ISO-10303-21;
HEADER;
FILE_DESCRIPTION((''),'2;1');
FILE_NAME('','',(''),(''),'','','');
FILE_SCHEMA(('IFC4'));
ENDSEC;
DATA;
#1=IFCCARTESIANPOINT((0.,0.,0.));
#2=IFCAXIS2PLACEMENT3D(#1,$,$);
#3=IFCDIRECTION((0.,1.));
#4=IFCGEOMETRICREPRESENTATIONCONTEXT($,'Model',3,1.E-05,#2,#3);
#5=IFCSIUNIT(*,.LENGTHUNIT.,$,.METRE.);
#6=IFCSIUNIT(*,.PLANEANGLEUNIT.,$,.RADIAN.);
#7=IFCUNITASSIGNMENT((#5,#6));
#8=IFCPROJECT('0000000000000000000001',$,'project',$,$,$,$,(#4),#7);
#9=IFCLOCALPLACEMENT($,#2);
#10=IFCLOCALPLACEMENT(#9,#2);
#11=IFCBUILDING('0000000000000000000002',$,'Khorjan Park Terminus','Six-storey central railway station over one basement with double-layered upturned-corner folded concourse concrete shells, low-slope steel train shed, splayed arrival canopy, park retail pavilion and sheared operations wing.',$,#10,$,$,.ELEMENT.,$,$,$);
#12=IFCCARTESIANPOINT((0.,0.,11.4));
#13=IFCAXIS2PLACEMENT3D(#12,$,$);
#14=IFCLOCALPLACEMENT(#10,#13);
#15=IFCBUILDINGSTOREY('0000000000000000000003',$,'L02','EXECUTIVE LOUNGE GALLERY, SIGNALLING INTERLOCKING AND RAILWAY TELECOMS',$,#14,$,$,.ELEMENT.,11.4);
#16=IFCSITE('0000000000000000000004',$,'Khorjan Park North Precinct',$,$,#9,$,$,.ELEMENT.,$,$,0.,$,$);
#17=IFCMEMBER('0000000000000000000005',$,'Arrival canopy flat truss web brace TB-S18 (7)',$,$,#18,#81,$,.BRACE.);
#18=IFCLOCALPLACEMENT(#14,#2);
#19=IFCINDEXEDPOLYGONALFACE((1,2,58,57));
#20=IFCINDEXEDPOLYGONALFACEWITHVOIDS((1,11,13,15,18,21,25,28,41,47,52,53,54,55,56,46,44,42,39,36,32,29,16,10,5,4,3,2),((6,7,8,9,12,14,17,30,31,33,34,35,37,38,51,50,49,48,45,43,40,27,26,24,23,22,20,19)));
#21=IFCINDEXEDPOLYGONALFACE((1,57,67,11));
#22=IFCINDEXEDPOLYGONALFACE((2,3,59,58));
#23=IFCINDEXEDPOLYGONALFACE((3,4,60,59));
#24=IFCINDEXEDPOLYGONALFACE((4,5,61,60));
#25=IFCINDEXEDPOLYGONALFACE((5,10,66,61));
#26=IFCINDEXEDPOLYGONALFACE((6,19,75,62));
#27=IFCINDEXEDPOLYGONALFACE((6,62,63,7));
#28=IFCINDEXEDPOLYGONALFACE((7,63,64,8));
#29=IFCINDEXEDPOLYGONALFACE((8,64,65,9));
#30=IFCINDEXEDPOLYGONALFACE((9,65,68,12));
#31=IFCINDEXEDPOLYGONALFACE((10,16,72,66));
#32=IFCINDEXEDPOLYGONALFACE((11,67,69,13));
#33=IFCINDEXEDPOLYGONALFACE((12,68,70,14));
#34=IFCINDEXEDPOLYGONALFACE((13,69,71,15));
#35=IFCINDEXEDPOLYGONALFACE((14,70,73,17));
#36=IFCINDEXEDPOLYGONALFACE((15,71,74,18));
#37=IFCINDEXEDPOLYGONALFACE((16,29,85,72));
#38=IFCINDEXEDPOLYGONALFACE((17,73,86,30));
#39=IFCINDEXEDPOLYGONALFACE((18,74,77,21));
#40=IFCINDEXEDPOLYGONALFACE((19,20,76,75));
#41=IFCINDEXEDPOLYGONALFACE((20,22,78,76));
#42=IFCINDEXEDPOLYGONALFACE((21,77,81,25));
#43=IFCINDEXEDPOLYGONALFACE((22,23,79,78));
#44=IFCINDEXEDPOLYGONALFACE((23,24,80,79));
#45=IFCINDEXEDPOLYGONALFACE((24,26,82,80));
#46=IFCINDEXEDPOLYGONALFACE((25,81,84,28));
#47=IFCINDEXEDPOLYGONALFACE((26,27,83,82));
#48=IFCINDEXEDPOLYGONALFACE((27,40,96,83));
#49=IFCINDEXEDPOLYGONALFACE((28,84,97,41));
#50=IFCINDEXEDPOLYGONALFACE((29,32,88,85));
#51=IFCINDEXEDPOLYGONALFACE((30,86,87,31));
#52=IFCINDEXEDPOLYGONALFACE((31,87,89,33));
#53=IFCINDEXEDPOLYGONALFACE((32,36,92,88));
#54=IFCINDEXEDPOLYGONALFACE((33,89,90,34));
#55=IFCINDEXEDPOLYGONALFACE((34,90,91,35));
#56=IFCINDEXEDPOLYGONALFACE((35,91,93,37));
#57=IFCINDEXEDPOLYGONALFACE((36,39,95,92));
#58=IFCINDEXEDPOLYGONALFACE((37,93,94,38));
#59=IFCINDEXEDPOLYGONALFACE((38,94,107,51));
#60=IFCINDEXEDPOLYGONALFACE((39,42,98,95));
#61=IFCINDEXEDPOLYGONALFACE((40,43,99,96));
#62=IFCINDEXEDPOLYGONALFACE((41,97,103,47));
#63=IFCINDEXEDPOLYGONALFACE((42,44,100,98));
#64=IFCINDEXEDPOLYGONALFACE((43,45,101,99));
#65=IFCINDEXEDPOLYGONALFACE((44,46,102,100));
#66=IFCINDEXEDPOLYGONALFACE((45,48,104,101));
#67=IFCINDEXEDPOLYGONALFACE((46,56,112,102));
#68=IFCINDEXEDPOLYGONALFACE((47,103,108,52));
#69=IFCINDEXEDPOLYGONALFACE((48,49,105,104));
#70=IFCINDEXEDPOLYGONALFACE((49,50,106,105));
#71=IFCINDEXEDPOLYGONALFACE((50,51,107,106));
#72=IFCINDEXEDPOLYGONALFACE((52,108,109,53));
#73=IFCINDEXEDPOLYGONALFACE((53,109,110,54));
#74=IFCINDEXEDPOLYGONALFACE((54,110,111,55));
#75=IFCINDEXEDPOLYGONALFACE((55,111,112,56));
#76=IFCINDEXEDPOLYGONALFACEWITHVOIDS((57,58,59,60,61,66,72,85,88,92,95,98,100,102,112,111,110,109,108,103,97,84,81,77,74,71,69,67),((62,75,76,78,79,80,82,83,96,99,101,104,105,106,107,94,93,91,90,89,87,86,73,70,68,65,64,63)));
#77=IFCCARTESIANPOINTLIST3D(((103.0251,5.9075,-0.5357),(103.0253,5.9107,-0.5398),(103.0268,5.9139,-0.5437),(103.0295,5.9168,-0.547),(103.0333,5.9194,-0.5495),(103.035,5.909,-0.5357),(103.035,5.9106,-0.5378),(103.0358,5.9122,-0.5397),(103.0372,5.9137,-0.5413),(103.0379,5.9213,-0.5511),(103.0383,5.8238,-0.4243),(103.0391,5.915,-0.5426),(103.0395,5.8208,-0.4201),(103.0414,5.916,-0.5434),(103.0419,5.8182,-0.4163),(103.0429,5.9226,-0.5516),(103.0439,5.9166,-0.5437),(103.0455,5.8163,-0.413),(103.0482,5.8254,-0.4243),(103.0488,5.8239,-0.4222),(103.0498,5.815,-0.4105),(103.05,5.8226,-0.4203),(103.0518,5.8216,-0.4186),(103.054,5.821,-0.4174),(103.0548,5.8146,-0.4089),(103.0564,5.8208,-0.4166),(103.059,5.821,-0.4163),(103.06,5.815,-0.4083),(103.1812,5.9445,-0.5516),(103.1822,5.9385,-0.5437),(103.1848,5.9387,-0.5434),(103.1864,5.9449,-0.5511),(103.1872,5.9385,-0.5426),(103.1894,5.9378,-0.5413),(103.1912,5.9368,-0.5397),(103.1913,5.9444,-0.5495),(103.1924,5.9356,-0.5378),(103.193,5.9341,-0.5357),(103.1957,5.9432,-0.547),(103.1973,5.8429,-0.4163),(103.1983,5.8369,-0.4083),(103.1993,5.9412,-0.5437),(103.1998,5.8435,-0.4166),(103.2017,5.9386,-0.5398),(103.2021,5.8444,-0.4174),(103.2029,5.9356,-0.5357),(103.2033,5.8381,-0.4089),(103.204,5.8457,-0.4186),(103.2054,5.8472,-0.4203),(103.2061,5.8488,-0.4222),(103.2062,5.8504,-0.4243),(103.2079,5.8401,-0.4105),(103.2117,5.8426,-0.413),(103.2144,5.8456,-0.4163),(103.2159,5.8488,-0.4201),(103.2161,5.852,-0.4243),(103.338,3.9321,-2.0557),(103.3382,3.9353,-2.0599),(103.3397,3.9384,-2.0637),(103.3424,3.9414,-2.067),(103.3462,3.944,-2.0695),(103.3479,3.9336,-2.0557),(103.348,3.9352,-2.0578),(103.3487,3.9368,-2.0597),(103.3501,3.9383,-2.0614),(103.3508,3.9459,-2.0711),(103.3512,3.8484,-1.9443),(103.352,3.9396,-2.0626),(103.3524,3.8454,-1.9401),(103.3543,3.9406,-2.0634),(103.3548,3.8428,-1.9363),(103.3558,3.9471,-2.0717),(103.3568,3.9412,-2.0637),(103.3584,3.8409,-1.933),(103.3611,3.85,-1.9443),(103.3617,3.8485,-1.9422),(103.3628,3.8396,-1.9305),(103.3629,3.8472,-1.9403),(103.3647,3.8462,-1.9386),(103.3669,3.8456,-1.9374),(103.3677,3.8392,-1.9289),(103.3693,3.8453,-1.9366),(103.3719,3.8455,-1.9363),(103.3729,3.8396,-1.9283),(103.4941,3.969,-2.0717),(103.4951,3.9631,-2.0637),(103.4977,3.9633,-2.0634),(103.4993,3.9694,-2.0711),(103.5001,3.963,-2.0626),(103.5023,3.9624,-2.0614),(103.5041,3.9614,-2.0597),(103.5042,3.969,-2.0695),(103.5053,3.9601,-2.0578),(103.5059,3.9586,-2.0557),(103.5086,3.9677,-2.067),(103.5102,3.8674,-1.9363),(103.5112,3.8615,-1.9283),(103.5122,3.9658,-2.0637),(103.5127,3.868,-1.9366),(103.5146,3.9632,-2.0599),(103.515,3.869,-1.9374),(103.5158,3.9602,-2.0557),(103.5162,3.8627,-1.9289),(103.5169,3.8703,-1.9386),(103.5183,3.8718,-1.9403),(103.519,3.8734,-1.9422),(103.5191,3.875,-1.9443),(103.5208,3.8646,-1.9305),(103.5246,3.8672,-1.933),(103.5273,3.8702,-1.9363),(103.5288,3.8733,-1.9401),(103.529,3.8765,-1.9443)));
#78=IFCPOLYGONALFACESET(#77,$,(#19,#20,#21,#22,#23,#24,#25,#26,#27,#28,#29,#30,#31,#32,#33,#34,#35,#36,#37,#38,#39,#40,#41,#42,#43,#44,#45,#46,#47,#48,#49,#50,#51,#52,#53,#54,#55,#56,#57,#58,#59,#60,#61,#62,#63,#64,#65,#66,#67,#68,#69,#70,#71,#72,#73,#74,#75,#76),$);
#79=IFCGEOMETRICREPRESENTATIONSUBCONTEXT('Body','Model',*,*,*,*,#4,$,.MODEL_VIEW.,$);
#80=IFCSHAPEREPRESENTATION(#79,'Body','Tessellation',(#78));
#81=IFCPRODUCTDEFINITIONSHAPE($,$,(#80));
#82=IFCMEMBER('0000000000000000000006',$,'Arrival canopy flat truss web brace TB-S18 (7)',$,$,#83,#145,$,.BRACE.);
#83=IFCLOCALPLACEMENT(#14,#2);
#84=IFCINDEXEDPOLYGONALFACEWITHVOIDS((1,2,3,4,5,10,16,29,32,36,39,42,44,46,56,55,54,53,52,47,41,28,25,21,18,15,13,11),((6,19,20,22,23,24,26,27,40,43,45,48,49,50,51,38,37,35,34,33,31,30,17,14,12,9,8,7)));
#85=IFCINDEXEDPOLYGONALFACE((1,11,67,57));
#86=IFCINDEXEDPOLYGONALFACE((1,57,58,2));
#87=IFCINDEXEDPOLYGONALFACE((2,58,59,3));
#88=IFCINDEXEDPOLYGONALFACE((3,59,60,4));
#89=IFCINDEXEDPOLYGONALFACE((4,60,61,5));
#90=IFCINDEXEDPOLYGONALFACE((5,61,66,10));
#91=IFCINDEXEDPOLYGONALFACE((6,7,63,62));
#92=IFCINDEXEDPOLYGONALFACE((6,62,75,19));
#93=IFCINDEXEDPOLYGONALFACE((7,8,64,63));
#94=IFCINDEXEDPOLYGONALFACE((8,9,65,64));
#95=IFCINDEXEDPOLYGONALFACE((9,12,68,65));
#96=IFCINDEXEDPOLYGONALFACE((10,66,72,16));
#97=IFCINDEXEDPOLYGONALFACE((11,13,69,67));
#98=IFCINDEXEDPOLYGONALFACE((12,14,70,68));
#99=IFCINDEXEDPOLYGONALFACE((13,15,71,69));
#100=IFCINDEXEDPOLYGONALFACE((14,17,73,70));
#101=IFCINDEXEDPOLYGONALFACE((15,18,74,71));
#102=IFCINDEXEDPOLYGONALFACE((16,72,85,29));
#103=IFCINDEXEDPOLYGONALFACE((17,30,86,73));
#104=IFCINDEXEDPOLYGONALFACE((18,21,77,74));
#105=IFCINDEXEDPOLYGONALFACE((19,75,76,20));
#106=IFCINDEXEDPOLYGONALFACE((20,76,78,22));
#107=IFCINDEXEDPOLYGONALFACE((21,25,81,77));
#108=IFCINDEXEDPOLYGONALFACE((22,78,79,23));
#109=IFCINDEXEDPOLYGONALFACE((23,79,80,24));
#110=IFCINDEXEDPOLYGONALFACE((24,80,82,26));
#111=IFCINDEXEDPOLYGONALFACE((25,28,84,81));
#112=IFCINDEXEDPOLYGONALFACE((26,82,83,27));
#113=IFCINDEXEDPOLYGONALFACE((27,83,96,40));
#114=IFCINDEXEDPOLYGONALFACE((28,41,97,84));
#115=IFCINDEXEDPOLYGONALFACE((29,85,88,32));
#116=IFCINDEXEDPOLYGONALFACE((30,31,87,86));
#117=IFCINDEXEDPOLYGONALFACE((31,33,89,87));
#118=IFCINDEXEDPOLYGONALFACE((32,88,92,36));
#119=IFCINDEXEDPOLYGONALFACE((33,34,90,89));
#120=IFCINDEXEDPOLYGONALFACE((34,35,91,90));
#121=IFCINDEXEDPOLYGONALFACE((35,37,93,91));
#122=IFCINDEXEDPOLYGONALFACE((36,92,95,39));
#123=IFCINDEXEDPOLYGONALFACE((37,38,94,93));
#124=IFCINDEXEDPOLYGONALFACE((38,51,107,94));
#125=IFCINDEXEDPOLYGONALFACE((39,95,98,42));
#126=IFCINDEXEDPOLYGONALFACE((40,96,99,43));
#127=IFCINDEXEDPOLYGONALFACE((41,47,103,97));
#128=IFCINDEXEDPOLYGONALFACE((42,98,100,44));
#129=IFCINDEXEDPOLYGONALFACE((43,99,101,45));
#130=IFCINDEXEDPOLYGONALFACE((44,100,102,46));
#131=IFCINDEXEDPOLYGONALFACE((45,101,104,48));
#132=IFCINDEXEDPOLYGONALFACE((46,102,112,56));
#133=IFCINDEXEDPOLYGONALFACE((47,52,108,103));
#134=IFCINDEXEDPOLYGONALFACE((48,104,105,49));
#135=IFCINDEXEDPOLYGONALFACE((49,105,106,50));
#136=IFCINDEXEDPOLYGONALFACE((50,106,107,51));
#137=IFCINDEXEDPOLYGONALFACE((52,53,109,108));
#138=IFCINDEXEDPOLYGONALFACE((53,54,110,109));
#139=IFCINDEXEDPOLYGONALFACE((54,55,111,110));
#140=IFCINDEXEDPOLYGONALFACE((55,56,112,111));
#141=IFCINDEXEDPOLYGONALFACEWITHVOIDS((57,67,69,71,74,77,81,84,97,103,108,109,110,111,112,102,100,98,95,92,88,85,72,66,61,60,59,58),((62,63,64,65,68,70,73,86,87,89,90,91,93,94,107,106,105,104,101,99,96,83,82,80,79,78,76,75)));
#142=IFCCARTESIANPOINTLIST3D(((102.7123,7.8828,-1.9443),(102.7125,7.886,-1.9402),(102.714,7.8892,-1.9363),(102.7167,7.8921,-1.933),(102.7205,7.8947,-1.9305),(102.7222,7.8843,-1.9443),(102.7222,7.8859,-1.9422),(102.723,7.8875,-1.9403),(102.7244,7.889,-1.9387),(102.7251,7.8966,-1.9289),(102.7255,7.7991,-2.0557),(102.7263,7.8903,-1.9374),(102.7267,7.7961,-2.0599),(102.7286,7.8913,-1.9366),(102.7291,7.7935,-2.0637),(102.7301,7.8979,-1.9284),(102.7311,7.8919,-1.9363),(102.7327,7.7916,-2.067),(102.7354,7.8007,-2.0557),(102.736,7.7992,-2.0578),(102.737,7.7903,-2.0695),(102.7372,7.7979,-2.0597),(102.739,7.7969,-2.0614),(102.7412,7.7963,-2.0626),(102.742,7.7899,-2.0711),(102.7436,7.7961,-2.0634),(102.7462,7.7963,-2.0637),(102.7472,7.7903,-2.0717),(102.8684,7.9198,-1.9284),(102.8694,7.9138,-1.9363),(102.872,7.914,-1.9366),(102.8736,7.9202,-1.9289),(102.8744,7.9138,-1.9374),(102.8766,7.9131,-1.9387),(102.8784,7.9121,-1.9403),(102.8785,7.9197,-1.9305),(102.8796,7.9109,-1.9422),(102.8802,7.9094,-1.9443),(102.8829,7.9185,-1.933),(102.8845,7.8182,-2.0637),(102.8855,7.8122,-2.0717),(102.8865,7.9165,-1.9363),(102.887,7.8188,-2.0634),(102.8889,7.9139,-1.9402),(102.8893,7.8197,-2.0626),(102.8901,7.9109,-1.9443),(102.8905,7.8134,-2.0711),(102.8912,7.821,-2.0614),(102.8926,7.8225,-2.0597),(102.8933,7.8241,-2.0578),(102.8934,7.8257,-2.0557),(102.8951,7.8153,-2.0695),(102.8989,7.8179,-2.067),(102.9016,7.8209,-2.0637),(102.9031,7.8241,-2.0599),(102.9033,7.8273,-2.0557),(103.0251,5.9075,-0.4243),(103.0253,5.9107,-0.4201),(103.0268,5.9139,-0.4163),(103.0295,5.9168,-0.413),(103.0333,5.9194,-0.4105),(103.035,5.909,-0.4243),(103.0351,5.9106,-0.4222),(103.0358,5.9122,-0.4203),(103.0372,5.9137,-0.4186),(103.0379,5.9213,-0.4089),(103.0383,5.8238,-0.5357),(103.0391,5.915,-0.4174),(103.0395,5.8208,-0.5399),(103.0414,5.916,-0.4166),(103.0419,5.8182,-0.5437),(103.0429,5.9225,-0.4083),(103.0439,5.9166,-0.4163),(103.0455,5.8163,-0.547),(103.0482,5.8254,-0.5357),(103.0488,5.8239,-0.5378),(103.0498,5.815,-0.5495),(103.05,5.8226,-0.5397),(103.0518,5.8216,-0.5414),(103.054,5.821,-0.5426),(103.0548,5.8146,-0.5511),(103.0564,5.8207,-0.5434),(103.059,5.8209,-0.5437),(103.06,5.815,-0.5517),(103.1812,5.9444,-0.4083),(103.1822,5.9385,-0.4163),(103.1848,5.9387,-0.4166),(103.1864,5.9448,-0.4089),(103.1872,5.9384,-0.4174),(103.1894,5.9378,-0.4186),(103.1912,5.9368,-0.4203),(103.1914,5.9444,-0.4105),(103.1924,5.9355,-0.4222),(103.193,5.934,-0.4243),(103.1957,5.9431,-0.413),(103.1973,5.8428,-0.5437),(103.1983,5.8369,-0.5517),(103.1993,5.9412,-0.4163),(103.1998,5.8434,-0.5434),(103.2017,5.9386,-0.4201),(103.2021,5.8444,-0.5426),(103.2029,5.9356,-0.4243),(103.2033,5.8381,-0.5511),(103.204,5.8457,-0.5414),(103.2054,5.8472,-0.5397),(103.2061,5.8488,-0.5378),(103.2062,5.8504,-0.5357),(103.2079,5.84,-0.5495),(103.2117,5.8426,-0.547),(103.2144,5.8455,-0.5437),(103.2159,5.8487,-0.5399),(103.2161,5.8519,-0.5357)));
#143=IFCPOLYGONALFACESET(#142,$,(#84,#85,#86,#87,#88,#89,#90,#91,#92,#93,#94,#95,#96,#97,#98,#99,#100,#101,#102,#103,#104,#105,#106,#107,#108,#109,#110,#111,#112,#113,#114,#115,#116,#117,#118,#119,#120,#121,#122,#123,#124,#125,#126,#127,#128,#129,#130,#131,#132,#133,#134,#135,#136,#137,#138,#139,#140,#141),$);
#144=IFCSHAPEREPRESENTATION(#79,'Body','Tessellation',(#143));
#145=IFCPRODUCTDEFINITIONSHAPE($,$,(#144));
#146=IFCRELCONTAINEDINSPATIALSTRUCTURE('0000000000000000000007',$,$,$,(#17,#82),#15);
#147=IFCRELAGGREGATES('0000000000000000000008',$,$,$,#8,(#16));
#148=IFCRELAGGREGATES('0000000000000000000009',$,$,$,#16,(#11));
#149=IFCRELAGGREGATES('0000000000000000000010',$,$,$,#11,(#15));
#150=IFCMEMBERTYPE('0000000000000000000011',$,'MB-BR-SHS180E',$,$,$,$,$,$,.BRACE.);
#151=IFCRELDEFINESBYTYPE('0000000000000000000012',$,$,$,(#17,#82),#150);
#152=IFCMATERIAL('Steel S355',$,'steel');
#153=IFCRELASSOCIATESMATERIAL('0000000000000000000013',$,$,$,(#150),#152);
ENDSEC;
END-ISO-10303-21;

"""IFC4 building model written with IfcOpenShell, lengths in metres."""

from ifc_helpers import new_model, si_unit, direction, frame, origin, origin_2d, place, context, subcontext, project, spatial, hollow_rectangle, extrude, material, material_profile, profile_set, type_object, element, save


model = new_model("IFC4")

# Units and contexts
model_context = context("Model", 3, precision=1e-05, world=origin(), true_north=direction((0.0, 1.0)))
body_context = subcontext(model_context, "Body", "Model", "MODEL_VIEW")
ifc_project = project(units=[si_unit("LENGTHUNIT", "METRE"), si_unit("PLANEANGLEUNIT", "RADIAN")], contexts=[model_context])

# Site, building, storey
site_placement = place(None, origin())
site = spatial("IfcSite", under=ifc_project, at=site_placement, Name="Khorjan Park North Precinct", CompositionType="ELEMENT", RefElevation=0.0)
building_placement = place(site_placement, origin())
building = spatial("IfcBuilding", under=site, at=building_placement, Name="Khorjan Park Terminus", Description="Six-storey central railway station over one basement with double-layered upturned-corner folded concourse concrete shells, low-slope steel train shed, splayed arrival canopy, park retail pavilion and sheared operations wing.", CompositionType="ELEMENT")
storey_placement = place(building_placement, frame((0.0, 0.0, 11.4)))
storey = spatial("IfcBuildingStorey", under=building, at=storey_placement, Name="L02", Description="EXECUTIVE LOUNGE GALLERY, SIGNALLING INTERLOCKING AND RAILWAY TELECOMS", CompositionType="ELEMENT", Elevation=11.4)

# Members
ifc_material = material(Name="Steel S355", Category="steel")
ifc_material_profile_1 = material_profile(ifc_material, hollow_rectangle(XDim=0.18, YDim=0.18, WallThickness=0.01, InnerFilletRadius=0.01, OuterFilletRadius=0.02, at=origin_2d()), Name="SHS 180x180x10")
ifc_profile_set_1 = profile_set([ifc_material_profile_1], Name="Steel S355")
member_type_1 = type_object("IfcMemberType", Name="MB-BR-SHS180E", PredefinedType="BRACE", material=ifc_profile_set_1)
for number, where, z_axis, x_axis, name in (
    (1, (103.4335, 3.9043, -2.0), (-0.124558, 0.786362, 0.605078), (-0.987686, -0.156448, 0.0), "Arrival canopy flat truss web brace TB-S18 (7)"),
):
    element("IfcMember", number, at=place(storey_placement, frame(where, z_axis=z_axis, x_axis=x_axis)), inside=storey, type_object=member_type_1, Name=name, PredefinedType="BRACE", context=body_context, shape_type="SweptSolid", body=[
        extrude(hollow_rectangle(XDim=0.18, YDim=0.18, WallThickness=0.01, InnerFilletRadius=0.01, OuterFilletRadius=0.02, at=origin_2d()), origin(), (0.0, 0.0, 1.0), 2.5121),
    ])
member_1_placement = place(storey_placement, frame((103.1206, 5.8797, -0.48), z_axis=(-0.124523, 0.786351, -0.6051), x_axis=(-0.987693, -0.156407, 0.0)))
element("IfcMember", 2, at=member_1_placement, inside=storey, type_object=member_type_1, Name="Arrival canopy flat truss web brace TB-S18 (7)", PredefinedType="BRACE", context=body_context, shape_type="SweptSolid", body=[
    extrude(hollow_rectangle(XDim=0.18, YDim=0.18, WallThickness=0.01, InnerFilletRadius=0.01, OuterFilletRadius=0.02, at=origin_2d()), origin(), (0.0, 0.0, 1.0), 2.512),
])

save(model, "model.ifc")
